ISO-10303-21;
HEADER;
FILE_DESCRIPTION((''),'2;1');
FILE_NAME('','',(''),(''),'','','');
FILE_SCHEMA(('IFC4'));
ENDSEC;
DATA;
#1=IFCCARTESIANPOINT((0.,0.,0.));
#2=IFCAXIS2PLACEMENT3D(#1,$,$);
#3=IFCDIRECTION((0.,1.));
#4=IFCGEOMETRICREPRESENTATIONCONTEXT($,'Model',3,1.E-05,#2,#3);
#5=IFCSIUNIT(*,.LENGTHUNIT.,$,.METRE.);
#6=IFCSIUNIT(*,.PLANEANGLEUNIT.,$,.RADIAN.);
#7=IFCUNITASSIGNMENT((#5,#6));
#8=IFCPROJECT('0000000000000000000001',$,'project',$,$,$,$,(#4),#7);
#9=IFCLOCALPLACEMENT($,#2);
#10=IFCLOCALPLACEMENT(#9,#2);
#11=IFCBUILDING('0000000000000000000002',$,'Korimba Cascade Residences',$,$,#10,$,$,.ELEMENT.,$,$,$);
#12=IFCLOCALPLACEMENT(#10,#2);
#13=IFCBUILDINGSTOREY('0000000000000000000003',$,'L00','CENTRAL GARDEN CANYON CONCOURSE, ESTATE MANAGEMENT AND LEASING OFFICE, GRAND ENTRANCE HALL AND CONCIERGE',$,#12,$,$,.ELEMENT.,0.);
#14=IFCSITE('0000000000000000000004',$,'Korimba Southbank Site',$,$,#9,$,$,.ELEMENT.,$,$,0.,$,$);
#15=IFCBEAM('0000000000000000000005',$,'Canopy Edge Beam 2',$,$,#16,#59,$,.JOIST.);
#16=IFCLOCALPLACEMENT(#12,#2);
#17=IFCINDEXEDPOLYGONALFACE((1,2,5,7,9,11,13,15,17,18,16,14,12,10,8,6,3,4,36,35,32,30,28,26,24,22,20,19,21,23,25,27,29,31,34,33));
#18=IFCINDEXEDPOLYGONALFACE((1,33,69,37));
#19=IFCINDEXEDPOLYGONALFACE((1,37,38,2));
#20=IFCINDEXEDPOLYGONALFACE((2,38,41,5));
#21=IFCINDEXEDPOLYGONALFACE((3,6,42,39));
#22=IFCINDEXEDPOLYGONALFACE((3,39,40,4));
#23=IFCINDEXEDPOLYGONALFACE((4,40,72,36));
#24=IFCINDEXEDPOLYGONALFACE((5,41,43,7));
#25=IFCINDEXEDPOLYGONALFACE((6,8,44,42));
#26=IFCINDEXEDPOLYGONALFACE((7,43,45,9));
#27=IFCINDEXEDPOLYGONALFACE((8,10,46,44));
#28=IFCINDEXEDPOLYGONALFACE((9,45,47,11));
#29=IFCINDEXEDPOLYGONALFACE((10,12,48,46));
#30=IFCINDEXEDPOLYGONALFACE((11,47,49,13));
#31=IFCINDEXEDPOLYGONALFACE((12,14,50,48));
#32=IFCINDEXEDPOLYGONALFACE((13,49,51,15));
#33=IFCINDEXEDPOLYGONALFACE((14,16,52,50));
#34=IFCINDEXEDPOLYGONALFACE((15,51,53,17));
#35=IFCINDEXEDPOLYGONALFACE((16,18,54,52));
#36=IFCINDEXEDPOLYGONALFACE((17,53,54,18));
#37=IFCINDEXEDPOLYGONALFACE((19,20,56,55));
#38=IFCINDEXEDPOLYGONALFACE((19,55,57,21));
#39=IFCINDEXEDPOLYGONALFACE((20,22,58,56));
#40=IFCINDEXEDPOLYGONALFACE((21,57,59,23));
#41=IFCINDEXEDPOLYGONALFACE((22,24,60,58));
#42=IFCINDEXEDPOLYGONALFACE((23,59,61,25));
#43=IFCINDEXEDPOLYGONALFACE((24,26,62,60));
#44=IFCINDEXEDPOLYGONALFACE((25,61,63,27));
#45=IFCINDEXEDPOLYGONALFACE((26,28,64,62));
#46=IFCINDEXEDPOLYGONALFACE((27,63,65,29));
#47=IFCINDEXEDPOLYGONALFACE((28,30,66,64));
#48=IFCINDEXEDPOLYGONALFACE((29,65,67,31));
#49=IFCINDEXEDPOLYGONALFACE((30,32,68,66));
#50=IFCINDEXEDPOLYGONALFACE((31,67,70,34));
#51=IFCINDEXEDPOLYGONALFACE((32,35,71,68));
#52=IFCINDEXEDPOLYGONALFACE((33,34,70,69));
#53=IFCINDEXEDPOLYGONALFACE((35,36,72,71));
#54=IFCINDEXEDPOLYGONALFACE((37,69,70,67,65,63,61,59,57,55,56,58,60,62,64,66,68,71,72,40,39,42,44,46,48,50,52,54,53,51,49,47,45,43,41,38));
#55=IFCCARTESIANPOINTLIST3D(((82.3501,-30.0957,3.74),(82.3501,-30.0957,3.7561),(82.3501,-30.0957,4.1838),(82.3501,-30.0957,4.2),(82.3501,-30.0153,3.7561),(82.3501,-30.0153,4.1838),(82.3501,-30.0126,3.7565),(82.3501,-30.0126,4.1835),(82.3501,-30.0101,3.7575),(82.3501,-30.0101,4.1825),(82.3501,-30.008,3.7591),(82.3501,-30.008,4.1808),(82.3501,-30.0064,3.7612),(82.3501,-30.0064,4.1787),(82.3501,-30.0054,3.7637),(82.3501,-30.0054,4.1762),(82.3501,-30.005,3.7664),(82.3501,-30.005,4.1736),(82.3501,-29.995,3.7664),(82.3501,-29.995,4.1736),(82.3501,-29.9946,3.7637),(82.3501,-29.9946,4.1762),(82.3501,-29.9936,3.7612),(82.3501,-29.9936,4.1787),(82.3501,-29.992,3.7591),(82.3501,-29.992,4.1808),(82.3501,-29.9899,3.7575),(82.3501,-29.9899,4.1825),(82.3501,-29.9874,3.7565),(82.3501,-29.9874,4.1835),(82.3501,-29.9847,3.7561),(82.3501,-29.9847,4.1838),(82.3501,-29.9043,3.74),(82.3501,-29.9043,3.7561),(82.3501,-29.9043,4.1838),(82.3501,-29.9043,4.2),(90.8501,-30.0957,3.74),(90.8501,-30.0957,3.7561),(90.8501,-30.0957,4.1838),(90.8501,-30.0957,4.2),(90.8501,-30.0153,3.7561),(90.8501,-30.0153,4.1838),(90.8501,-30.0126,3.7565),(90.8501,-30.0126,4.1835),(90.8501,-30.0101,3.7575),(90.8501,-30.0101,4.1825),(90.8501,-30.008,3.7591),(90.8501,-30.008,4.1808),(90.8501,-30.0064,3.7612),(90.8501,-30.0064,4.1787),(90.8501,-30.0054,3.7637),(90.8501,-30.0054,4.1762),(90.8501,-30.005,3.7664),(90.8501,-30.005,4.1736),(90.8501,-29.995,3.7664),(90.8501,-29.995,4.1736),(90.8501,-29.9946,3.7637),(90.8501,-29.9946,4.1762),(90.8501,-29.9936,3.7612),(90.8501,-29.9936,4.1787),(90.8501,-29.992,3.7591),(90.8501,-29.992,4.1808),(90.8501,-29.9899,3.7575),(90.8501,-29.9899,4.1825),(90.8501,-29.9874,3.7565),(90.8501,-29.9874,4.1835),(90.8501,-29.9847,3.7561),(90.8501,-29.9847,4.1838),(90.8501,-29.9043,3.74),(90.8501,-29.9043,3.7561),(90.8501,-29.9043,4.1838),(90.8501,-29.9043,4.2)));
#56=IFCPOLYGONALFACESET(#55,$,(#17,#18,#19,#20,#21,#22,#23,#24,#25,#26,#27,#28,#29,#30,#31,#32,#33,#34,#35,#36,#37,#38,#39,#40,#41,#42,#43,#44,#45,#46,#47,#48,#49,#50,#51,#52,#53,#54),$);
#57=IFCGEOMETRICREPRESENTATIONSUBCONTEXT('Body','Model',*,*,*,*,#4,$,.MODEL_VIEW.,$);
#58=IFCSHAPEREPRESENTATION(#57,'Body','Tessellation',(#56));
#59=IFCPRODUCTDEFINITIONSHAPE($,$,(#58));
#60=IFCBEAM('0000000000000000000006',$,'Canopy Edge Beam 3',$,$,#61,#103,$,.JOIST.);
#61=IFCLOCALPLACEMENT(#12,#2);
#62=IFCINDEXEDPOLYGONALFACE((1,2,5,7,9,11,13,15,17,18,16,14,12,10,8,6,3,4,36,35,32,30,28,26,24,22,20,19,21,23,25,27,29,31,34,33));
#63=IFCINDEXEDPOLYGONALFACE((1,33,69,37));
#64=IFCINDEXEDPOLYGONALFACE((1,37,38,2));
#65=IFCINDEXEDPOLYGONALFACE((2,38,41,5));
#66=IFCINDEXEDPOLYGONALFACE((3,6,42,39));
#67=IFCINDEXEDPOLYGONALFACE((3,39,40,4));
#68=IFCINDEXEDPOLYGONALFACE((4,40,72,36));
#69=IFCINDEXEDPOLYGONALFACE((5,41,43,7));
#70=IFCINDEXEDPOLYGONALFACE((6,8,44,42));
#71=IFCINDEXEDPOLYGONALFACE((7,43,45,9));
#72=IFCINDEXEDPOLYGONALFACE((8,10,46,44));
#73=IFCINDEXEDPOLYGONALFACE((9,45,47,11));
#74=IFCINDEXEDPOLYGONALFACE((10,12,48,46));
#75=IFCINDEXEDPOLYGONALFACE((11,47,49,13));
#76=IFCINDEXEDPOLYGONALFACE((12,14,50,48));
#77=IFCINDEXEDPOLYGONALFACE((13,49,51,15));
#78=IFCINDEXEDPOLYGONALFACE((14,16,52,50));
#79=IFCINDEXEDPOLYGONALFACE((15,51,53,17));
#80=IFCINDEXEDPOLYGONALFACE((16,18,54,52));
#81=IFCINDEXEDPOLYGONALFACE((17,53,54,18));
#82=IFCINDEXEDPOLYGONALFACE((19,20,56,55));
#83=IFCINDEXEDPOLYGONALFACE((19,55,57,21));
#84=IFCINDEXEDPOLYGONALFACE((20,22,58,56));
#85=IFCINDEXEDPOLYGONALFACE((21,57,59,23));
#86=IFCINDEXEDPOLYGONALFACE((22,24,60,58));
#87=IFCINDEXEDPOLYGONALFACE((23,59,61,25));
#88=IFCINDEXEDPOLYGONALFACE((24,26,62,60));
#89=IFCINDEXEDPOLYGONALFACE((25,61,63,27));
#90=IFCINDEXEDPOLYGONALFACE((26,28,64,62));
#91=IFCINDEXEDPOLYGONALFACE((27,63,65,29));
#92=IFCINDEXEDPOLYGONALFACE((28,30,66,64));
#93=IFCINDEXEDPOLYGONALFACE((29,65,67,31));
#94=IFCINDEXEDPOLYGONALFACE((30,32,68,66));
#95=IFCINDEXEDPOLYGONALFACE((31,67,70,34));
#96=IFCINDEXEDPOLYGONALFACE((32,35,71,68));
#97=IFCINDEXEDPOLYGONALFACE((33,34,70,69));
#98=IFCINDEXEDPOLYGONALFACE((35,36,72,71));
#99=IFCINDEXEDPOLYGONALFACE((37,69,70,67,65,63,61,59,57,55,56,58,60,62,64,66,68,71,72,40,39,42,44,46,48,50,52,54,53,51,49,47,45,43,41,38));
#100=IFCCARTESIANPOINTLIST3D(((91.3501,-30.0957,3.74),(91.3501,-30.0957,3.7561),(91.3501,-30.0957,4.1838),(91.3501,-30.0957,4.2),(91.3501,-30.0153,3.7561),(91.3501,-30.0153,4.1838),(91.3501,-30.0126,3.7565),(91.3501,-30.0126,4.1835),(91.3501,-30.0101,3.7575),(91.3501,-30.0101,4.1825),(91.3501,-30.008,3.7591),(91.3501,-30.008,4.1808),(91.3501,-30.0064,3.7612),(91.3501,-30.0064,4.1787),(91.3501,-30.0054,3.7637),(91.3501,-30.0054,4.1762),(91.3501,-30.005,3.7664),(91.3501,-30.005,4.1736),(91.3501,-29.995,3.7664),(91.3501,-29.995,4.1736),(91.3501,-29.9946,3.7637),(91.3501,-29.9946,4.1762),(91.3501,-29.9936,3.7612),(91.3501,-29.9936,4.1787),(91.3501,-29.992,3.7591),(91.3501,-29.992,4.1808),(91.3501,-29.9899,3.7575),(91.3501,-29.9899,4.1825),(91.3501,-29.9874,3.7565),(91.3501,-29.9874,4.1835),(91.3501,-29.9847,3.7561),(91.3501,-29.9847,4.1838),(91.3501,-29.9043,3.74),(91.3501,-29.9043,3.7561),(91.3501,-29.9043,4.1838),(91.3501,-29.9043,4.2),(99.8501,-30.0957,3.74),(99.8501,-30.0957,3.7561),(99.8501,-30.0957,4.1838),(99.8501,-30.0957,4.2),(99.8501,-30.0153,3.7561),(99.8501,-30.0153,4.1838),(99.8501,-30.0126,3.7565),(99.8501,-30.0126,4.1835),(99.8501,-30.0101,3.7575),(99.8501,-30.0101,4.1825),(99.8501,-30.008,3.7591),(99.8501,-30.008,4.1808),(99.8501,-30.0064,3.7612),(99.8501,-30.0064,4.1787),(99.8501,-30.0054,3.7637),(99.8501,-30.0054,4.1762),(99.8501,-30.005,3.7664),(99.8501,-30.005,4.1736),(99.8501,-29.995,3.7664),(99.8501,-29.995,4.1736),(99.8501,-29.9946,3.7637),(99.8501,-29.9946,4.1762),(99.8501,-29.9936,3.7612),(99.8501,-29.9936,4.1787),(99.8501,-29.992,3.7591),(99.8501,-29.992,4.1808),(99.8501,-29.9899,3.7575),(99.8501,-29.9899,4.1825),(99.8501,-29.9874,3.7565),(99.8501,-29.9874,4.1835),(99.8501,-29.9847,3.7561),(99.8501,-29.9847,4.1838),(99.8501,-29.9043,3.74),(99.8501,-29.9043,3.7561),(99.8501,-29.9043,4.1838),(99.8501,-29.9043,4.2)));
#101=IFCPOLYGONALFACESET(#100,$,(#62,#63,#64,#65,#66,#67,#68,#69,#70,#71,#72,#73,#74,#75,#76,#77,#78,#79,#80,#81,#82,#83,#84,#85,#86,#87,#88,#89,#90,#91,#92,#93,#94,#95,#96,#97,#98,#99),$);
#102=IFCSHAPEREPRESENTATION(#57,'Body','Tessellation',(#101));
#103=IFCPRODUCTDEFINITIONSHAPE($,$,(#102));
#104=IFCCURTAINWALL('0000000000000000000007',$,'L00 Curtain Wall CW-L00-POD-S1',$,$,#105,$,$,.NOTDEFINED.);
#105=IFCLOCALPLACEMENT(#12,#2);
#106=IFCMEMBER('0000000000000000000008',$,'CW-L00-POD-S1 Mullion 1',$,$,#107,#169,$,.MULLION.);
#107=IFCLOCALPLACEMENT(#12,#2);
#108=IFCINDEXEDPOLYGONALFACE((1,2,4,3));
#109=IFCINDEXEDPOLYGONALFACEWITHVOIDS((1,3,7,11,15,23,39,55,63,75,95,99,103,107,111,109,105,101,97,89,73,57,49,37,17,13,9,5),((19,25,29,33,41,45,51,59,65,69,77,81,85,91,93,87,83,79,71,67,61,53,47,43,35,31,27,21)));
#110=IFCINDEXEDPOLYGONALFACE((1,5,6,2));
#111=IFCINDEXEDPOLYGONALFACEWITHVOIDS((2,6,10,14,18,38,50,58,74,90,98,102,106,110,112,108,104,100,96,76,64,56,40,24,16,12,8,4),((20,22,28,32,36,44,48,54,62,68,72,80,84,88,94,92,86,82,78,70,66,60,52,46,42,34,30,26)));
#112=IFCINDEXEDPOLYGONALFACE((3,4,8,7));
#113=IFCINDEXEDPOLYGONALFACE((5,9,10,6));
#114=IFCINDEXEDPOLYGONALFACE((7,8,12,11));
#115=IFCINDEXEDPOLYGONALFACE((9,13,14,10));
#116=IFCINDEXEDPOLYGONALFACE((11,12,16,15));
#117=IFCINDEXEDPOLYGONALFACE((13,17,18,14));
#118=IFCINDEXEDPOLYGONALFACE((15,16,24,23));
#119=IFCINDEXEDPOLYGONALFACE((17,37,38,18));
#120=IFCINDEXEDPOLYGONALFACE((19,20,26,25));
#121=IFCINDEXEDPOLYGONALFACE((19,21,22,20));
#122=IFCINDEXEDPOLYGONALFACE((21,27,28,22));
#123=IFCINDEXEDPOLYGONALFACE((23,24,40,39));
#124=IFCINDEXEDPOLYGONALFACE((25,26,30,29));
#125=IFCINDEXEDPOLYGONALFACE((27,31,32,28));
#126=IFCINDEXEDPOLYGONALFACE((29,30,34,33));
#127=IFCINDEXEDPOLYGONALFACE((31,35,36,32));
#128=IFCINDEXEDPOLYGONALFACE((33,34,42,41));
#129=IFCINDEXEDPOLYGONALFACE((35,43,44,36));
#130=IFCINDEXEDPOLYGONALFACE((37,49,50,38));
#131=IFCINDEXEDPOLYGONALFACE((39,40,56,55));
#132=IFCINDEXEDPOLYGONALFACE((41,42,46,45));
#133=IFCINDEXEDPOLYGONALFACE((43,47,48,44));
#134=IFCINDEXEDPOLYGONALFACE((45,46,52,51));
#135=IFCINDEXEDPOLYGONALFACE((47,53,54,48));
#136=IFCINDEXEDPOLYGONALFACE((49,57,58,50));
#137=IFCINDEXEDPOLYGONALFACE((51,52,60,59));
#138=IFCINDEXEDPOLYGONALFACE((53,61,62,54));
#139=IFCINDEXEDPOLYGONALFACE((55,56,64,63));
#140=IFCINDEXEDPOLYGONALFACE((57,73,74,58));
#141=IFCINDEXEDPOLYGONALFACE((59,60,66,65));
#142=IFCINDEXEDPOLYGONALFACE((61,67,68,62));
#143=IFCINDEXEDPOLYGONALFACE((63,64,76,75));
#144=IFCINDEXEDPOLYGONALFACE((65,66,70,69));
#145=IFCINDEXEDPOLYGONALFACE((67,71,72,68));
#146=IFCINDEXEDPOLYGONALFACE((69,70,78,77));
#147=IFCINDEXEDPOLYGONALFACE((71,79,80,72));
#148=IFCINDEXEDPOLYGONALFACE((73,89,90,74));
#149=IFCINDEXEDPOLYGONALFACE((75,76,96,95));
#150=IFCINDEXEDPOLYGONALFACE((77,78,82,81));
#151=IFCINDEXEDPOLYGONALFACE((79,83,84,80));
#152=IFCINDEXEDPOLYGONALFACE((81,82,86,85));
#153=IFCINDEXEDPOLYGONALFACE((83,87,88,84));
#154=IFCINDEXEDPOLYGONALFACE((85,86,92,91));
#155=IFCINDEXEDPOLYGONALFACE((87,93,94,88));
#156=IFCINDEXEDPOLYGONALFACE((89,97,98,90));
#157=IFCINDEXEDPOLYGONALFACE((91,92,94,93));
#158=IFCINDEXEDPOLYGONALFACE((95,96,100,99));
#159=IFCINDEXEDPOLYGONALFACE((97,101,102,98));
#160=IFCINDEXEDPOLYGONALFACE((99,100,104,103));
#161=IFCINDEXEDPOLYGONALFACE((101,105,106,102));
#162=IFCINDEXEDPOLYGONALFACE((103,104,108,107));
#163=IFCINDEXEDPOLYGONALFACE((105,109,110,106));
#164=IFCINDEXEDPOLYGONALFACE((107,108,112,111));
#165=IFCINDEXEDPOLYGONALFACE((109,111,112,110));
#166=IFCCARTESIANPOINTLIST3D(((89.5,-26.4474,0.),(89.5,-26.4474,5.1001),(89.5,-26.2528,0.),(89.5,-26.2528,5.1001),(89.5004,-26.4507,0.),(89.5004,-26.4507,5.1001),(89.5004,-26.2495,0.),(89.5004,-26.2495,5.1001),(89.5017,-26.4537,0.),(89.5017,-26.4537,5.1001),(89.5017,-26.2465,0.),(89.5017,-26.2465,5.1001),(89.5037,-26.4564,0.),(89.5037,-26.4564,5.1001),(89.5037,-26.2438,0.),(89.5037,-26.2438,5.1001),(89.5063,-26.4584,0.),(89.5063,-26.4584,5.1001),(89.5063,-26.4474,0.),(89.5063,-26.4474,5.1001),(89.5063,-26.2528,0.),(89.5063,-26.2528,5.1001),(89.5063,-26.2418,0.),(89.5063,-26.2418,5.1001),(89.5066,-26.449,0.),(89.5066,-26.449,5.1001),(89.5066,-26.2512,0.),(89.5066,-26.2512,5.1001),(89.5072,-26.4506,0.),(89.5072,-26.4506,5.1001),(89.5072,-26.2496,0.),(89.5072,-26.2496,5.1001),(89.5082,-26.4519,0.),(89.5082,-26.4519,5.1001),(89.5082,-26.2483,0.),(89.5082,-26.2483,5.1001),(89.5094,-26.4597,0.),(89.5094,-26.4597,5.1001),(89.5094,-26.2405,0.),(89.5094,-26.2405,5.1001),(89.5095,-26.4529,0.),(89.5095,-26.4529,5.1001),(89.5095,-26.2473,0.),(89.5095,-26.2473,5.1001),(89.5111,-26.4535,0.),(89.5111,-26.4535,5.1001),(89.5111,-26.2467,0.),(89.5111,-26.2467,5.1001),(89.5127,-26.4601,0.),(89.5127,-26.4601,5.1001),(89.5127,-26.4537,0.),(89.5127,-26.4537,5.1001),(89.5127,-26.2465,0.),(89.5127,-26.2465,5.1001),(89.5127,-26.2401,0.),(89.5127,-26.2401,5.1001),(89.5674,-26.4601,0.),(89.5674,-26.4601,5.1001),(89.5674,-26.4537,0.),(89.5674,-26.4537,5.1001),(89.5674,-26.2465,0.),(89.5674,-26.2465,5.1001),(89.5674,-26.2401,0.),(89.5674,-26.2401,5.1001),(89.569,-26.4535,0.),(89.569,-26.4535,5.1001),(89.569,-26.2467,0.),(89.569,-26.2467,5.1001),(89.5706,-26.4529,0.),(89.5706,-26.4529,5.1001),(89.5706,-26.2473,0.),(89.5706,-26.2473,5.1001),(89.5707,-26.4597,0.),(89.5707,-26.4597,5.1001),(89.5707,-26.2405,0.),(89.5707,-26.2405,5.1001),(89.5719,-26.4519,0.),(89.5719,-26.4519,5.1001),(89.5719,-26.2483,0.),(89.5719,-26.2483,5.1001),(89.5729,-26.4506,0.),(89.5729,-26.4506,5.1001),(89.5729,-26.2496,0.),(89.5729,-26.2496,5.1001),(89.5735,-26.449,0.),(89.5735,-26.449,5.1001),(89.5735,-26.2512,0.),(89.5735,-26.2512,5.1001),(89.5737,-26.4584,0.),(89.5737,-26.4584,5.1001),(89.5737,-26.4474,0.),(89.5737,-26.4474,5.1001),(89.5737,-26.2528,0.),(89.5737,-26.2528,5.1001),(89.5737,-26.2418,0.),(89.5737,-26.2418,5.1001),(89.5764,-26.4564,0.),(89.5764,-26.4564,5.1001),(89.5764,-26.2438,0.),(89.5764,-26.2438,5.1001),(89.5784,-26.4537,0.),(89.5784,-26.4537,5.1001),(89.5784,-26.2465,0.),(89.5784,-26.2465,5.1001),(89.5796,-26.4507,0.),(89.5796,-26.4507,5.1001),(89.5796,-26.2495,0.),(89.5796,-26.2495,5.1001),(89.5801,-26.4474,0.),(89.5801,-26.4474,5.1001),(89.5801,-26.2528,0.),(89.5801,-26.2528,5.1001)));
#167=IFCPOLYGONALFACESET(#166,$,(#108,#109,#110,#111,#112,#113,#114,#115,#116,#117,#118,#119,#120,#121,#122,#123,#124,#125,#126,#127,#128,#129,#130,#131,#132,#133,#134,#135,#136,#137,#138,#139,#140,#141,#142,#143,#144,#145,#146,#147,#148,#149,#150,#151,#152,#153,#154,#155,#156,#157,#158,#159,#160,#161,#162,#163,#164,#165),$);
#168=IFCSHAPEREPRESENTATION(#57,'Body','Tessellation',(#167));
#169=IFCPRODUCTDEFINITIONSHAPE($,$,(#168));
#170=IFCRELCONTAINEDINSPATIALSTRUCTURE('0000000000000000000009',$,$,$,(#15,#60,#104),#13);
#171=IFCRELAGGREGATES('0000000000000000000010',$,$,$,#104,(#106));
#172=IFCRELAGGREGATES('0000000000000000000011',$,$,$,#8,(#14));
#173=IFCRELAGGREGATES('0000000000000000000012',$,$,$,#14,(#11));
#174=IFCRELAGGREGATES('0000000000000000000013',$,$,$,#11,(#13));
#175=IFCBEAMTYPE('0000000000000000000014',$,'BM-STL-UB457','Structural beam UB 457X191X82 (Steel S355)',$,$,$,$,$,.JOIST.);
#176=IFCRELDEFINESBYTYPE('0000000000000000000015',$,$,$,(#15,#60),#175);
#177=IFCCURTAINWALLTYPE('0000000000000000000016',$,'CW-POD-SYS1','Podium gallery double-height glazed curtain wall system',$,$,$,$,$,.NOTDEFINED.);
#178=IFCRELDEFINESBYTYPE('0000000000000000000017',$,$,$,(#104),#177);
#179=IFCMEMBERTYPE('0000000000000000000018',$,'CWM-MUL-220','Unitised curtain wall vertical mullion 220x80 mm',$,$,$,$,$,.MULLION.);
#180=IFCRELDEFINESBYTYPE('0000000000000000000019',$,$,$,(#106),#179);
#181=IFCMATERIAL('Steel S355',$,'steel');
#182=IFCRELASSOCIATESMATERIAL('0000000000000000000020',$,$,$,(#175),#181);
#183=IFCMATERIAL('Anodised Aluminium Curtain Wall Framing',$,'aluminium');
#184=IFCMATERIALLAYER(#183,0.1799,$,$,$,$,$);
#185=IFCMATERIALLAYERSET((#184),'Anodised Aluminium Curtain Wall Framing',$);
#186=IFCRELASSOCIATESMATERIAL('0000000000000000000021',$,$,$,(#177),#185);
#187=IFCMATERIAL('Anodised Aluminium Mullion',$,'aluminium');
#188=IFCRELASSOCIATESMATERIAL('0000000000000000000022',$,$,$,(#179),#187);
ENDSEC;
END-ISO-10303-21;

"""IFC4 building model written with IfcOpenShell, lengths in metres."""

from ifc_helpers import new_model, si_unit, direction, frame, origin, origin_2d, place, context, subcontext, project, spatial, hollow_rectangle, i_section, extrude, material, layer, layer_set, material_profile, profile_set, type_object, element, aggregate, save


model = new_model("IFC4")

# Units and contexts
model_context = context("Model", 3, precision=1e-05, world=origin(), true_north=direction((0.0, 1.0)))
body_context = subcontext(model_context, "Body", "Model", "MODEL_VIEW")
ifc_project = project(units=[si_unit("LENGTHUNIT", "METRE"), si_unit("PLANEANGLEUNIT", "RADIAN")], contexts=[model_context])

# Site, building, storey
site_placement = place(None, origin())
site = spatial("IfcSite", under=ifc_project, at=site_placement, Name="Korimba Southbank Site", CompositionType="ELEMENT", RefElevation=0.0)
building_placement = place(site_placement, origin())
building = spatial("IfcBuilding", under=site, at=building_placement, Name="Korimba Cascade Residences", CompositionType="ELEMENT")
storey_placement = place(building_placement, origin())
storey = spatial("IfcBuildingStorey", under=building, at=storey_placement, Name="L00", Description="CENTRAL GARDEN CANYON CONCOURSE, ESTATE MANAGEMENT AND LEASING OFFICE, GRAND ENTRANCE HALL AND CONCIERGE", CompositionType="ELEMENT", Elevation=0.0)

# Shared definitions
ifc_material_1 = material(Name="Steel S355", Category="steel")

# Beams
ifc_material_profile_1 = material_profile(ifc_material_1, i_section(OverallWidth=0.1914, OverallDepth=0.46, WebThickness=0.01, FlangeThickness=0.0161, FilletRadius=0.0103, at=origin_2d()), Name="Steel S355")
ifc_profile_set_1 = profile_set([ifc_material_profile_1], Name="Steel S355")
beam_type_1 = type_object("IfcBeamType", Name="BM-STL-UB457", Description="Structural beam UB 457X191X82 (Steel S355)", PredefinedType="JOIST", material=ifc_profile_set_1)
for number, where, z_axis, x_axis, name in (
    (1, (82.3501, -30.0, 3.97), (1.0, 0.0, 0.0), (0.0, 1.0, 0.0), "Canopy Edge Beam 2"),
    (2, (91.3501, -30.0, 3.97), (1.0, 0.0, 0.0), (0.0, 1.0, 0.0), "Canopy Edge Beam 3"),
):
    element("IfcBeam", number, at=place(storey_placement, frame(where, z_axis=z_axis, x_axis=x_axis)), inside=storey, type_object=beam_type_1, Name=name, PredefinedType="JOIST", context=body_context, shape_type="SweptSolid", body=[
        extrude(i_section(OverallWidth=0.1914, OverallDepth=0.46, WebThickness=0.01, FlangeThickness=0.0161, FilletRadius=0.0103, at=origin_2d()), origin(), (0.0, 0.0, 1.0), 8.5),
    ])

# Curtain wall, member
ifc_material_2 = material(Name="Anodised Aluminium Curtain Wall Framing", Category="aluminium")
ifc_layer_1 = layer(ifc_material_2, 0.1799)
ifc_layer_set_1 = layer_set([ifc_layer_1], Name="Anodised Aluminium Curtain Wall Framing")
curtain_wall_type = type_object("IfcCurtainWallType", Name="CW-POD-SYS1", Description="Podium gallery double-height glazed curtain wall system", PredefinedType="NOTDEFINED", material=ifc_layer_set_1)
curtain_wall_placement = place(storey_placement, origin())
curtain_wall = element("IfcCurtainWall", 3, at=curtain_wall_placement, inside=storey, type_object=curtain_wall_type, Name="L00 Curtain Wall CW-L00-POD-S1", PredefinedType="NOTDEFINED")
ifc_material_3 = material(Name="Anodised Aluminium Mullion", Category="aluminium")
ifc_material_profile_2 = material_profile(ifc_material_3, hollow_rectangle(XDim=0.0801, YDim=0.22, WallThickness=0.0063, InnerFilletRadius=0.0063, OuterFilletRadius=0.0127, at=origin_2d()), Name="Anodised Aluminium Mullion")
ifc_profile_set_2 = profile_set([ifc_material_profile_2], Name="Anodised Aluminium Mullion")
member_type_1 = type_object("IfcMemberType", Name="CWM-MUL-220", Description="Unitised curtain wall vertical mullion 220x80 mm", PredefinedType="MULLION", material=ifc_profile_set_2)
member_1_placement = place(storey_placement, frame((89.54, -26.3501, 0.0), z_axis=(0.0, 0.0, 1.0), x_axis=(1.0, 0.0, 0.0)))
member_1 = element("IfcMember", 4, at=member_1_placement, type_object=member_type_1, Name="CW-L00-POD-S1 Mullion 1", PredefinedType="MULLION", context=body_context, shape_type="SweptSolid", body=[
    extrude(hollow_rectangle(XDim=0.0801, YDim=0.22, WallThickness=0.0063, InnerFilletRadius=0.0063, OuterFilletRadius=0.0127, at=origin_2d()), origin(), (0.0, 0.0, 1.0), 5.1001),
])
aggregate(curtain_wall, [member_1])

save(model, "model.ifc")
